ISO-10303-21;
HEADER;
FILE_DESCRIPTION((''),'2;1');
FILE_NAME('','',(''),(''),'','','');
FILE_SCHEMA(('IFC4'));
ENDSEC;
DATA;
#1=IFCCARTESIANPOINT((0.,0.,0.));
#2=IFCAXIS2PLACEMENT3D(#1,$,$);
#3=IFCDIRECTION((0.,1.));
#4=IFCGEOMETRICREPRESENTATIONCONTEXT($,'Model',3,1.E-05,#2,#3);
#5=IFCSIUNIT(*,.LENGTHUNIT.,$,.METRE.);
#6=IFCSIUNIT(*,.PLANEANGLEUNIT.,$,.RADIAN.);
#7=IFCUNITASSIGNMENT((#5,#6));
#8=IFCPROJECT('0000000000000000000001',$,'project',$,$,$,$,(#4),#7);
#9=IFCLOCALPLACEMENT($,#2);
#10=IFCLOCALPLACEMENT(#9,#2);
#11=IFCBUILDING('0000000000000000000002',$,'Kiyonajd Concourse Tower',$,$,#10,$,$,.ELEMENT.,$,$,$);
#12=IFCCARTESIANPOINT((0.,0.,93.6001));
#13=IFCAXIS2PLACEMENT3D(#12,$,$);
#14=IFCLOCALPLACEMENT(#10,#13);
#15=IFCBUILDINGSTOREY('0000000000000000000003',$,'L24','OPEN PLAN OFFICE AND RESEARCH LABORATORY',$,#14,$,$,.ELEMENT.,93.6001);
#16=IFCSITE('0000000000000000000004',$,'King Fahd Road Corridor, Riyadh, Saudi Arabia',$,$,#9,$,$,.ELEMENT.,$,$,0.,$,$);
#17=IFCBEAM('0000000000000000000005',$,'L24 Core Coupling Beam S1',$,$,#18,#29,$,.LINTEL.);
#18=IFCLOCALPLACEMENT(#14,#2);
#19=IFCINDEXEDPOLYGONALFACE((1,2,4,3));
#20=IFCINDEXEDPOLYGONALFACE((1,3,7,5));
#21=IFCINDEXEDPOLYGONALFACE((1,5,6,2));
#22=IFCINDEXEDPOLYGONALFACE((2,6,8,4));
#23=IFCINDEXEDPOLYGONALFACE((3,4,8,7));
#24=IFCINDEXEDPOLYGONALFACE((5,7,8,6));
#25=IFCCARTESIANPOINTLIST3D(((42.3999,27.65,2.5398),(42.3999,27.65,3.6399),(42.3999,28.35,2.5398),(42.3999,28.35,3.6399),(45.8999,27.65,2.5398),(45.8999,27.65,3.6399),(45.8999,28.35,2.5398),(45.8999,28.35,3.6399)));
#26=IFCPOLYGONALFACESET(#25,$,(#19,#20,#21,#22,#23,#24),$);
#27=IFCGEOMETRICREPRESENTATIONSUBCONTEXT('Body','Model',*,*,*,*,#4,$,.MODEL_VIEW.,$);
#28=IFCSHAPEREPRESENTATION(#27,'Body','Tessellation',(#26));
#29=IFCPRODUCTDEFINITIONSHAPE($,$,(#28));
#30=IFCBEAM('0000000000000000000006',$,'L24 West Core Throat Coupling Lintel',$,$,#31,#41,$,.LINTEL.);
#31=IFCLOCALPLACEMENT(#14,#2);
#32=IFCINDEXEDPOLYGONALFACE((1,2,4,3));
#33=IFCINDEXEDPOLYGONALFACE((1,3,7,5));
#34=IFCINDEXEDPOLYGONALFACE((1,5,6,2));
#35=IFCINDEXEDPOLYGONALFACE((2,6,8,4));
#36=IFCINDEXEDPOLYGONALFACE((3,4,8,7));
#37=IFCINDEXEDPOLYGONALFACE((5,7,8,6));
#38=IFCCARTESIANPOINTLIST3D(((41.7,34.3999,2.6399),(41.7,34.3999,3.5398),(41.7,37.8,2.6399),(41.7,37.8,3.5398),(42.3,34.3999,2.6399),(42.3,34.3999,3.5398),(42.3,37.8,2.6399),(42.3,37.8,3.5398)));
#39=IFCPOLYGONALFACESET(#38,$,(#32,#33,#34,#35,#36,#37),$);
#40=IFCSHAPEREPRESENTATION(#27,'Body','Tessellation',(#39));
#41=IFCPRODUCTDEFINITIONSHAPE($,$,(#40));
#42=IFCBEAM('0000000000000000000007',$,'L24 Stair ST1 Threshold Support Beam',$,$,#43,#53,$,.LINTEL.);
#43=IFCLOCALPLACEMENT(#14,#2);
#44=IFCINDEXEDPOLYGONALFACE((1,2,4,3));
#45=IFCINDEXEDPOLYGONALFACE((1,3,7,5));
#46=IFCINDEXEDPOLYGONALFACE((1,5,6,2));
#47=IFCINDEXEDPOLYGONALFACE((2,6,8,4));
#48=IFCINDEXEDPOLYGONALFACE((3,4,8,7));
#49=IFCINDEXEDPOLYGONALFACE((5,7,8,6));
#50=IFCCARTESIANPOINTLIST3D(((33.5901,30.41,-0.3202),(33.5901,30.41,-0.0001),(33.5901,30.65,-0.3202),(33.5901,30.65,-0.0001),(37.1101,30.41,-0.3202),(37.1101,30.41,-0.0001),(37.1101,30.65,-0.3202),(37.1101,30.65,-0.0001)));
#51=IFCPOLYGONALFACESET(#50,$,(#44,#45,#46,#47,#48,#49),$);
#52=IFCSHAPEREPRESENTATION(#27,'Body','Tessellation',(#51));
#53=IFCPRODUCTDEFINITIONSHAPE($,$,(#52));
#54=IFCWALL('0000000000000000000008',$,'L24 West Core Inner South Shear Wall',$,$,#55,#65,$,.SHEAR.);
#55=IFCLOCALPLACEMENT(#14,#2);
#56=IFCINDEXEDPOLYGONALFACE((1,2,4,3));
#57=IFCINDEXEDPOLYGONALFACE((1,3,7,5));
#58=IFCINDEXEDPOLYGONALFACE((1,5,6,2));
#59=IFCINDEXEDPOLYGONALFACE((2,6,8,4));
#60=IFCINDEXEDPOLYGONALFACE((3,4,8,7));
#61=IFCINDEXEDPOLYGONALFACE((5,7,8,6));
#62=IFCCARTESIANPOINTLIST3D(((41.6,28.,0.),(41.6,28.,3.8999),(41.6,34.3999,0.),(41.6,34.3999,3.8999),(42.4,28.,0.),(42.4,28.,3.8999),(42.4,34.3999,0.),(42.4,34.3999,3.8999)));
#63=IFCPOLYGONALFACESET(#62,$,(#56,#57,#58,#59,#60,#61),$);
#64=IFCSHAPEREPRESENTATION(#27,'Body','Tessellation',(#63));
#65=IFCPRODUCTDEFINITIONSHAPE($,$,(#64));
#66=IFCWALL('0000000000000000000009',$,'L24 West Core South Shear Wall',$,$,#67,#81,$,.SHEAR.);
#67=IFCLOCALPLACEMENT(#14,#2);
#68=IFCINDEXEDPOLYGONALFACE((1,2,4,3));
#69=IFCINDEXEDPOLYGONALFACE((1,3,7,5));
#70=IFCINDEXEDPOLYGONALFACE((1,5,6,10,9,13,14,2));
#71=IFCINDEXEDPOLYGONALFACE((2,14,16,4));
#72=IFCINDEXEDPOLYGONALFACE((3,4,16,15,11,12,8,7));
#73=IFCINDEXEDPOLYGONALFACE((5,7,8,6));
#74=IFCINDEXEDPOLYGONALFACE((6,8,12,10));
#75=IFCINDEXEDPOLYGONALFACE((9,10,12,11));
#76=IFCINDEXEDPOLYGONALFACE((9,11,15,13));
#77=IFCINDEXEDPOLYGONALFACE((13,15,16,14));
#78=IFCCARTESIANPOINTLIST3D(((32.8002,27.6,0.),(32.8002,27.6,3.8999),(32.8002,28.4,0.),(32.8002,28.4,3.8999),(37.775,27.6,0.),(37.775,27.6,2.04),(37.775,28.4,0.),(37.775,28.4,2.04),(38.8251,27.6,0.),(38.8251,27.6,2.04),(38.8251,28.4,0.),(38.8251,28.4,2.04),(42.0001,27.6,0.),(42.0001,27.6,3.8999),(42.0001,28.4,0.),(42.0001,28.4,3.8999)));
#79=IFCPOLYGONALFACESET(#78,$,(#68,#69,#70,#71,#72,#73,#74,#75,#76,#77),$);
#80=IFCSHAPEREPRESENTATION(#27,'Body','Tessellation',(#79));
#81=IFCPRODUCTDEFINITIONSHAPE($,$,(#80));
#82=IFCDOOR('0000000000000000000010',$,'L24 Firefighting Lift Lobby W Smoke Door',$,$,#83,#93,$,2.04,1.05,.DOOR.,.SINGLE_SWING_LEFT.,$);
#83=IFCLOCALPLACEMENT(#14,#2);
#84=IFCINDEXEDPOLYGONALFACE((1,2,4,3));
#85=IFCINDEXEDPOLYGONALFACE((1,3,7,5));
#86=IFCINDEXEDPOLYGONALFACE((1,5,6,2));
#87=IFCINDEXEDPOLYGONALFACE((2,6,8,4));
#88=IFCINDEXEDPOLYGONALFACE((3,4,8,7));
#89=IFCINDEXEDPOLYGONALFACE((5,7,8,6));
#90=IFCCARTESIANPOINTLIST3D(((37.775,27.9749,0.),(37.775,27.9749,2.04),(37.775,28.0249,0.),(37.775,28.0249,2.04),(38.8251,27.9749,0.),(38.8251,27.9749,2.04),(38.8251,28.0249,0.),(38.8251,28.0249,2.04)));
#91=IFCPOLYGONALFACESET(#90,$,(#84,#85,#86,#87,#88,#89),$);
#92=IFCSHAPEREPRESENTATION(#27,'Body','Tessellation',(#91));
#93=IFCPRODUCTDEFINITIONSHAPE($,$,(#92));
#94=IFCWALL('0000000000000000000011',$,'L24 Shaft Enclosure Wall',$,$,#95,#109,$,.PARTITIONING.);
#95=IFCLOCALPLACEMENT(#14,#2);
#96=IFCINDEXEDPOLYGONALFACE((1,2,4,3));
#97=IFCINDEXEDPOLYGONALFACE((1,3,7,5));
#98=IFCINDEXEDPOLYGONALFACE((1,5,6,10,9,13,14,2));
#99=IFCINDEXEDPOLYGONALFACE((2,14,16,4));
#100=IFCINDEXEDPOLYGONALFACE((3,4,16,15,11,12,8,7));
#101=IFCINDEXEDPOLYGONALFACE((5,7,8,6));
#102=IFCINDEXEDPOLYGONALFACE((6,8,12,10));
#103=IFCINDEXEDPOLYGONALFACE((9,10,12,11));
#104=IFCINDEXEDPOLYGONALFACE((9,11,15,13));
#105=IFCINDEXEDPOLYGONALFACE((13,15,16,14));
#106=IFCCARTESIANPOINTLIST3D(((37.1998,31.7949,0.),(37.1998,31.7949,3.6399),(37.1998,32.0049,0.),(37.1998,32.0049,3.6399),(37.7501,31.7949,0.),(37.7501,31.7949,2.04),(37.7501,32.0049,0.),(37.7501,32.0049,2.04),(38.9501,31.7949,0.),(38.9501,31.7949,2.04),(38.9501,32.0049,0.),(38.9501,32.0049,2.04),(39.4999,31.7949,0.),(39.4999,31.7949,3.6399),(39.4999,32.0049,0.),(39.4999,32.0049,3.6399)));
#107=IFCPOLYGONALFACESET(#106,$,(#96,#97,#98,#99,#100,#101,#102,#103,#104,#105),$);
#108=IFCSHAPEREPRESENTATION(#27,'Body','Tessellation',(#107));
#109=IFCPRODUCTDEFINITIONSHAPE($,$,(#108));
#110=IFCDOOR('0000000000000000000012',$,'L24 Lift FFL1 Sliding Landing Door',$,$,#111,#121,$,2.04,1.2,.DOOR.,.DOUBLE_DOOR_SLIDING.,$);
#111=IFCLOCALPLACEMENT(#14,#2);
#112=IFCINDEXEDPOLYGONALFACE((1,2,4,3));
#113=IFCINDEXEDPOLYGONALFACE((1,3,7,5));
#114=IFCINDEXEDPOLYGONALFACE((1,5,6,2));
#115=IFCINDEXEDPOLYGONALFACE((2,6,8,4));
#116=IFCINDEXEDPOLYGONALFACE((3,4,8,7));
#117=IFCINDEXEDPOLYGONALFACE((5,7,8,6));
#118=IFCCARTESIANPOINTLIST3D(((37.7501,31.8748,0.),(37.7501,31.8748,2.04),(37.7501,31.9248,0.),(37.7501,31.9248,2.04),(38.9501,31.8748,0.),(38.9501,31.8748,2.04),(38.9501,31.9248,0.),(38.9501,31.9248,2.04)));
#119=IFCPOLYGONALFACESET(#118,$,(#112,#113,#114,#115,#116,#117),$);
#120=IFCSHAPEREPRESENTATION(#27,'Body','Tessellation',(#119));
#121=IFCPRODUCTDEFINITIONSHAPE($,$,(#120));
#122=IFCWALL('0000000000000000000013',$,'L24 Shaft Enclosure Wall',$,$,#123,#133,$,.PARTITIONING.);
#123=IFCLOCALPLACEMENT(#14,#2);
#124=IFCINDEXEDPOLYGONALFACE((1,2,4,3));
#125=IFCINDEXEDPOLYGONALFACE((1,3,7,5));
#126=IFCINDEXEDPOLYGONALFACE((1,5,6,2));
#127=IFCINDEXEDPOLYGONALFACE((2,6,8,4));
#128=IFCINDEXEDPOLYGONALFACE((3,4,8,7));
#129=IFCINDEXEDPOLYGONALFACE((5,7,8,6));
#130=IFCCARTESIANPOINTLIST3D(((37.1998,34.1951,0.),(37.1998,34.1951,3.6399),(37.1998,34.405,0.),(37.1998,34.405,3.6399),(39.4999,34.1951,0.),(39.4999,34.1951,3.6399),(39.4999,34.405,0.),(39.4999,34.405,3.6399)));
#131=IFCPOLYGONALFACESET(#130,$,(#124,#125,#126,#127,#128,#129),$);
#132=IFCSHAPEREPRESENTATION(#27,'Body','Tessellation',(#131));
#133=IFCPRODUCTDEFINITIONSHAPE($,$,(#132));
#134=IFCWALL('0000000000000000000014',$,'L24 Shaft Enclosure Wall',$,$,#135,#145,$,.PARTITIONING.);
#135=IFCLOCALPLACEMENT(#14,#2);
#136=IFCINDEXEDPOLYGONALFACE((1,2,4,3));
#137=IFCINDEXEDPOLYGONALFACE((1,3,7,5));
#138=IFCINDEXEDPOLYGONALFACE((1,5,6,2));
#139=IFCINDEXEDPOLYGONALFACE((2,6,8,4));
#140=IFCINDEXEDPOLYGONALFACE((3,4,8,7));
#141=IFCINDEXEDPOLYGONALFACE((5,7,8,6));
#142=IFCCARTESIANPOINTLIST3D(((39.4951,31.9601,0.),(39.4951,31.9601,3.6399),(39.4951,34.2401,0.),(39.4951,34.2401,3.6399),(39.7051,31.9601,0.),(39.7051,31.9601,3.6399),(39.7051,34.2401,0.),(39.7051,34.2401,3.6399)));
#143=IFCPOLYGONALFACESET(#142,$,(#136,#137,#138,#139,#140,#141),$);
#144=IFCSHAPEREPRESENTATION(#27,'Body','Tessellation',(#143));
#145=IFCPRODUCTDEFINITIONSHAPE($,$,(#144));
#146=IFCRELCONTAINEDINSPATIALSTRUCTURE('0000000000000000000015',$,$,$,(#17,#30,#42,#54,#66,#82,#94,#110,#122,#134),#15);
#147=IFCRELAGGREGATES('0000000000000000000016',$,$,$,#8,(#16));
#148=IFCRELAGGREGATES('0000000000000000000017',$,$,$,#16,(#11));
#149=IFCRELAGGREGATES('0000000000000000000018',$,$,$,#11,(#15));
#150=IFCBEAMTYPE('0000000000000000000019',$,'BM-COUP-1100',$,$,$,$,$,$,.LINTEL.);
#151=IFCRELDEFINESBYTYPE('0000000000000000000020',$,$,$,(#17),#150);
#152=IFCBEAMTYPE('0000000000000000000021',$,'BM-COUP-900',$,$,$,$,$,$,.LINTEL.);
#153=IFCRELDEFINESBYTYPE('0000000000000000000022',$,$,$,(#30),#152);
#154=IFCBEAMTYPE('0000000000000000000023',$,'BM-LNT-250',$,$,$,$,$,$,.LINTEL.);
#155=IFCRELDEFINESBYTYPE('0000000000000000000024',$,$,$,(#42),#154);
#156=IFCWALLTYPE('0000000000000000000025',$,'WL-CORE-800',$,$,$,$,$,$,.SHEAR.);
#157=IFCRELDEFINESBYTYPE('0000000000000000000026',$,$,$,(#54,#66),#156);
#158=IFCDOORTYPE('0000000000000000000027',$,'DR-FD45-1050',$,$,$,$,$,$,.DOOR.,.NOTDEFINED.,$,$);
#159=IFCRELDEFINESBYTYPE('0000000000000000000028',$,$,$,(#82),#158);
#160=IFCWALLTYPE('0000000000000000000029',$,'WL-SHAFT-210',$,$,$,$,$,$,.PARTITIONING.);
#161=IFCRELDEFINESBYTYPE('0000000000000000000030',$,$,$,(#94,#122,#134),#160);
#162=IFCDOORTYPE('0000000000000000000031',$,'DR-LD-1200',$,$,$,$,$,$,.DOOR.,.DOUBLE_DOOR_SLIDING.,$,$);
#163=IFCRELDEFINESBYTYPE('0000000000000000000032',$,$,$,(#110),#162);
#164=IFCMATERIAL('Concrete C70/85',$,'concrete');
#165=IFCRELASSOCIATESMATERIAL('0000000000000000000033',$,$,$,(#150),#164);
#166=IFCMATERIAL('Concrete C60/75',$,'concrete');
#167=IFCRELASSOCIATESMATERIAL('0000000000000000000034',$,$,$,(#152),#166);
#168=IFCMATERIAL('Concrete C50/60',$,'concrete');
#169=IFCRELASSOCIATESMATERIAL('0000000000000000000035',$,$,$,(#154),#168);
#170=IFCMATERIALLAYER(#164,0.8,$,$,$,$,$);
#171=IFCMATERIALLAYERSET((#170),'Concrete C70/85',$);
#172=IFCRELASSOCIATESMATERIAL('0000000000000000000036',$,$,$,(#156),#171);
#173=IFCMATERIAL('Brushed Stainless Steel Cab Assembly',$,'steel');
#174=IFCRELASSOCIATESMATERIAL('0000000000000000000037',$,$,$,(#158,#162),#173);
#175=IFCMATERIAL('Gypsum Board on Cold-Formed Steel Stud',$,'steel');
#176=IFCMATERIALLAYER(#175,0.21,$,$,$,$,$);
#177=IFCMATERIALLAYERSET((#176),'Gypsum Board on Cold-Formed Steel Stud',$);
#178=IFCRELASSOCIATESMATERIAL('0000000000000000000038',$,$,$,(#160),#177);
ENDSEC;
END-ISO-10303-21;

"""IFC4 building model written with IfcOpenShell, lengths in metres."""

from ifc_helpers import new_model, si_unit, direction, frame, frame_2d, origin, origin_2d, place, context, subcontext, project, spatial, rectangle, extrude, material, layer, layer_set, material_profile, profile_set, type_object, element, fill, save


model = new_model("IFC4")

# Units and contexts
model_context = context("Model", 3, precision=1e-05, world=origin(), true_north=direction((0.0, 1.0)))
body_context = subcontext(model_context, "Body", "Model", "MODEL_VIEW")
ifc_project = project(units=[si_unit("LENGTHUNIT", "METRE"), si_unit("PLANEANGLEUNIT", "RADIAN")], contexts=[model_context])

# Site, building, storey
site_placement = place(None, origin())
site = spatial("IfcSite", under=ifc_project, at=site_placement, Name="King Fahd Road Corridor, Riyadh, Saudi Arabia", CompositionType="ELEMENT", RefElevation=0.0)
building_placement = place(site_placement, origin())
building = spatial("IfcBuilding", under=site, at=building_placement, Name="Kiyonajd Concourse Tower", CompositionType="ELEMENT")
storey_placement = place(building_placement, frame((0.0, 0.0, 93.6001)))
storey = spatial("IfcBuildingStorey", under=building, at=storey_placement, Name="L24", Description="OPEN PLAN OFFICE AND RESEARCH LABORATORY", CompositionType="ELEMENT", Elevation=93.6001)

# Beams
ifc_material_1 = material(Name="Concrete C70/85", Category="concrete")
ifc_material_profile_1 = material_profile(ifc_material_1, rectangle(XDim=0.7, YDim=1.1001, at=origin_2d()), Name="RCBM-700x1100")
ifc_profile_set_1 = profile_set([ifc_material_profile_1], Name="Concrete C70/85")
beam_type_1 = type_object("IfcBeamType", Name="BM-COUP-1100", PredefinedType="LINTEL", material=ifc_profile_set_1)
beam_1_placement = place(storey_placement, frame((42.3999, 28.0, 3.0898), z_axis=(1.0, 0.0, 0.0), x_axis=(0.0, 1.0, 0.0)))
element("IfcBeam", 1, at=beam_1_placement, inside=storey, type_object=beam_type_1, Name="L24 Core Coupling Beam S1", PredefinedType="LINTEL", context=body_context, shape_type="SweptSolid", body=[
    extrude(rectangle(XDim=0.7, YDim=1.1001, at=origin_2d()), origin(), (0.0, 0.0, 1.0), 3.5),
])
ifc_material_2 = material(Name="Concrete C60/75", Category="concrete")
ifc_material_profile_2 = material_profile(ifc_material_2, rectangle(XDim=0.6001, YDim=0.8999, at=origin_2d()), Name="RCBM-600x900")
ifc_profile_set_2 = profile_set([ifc_material_profile_2], Name="Concrete C60/75")
beam_type_2 = type_object("IfcBeamType", Name="BM-COUP-900", PredefinedType="LINTEL", material=ifc_profile_set_2)
beam_2_placement = place(storey_placement, frame((42.0, 34.3999, 3.0898), z_axis=(0.0, 1.0, 0.0), x_axis=(-1.0, 0.0, 0.0)))
element("IfcBeam", 2, at=beam_2_placement, inside=storey, type_object=beam_type_2, Name="L24 West Core Throat Coupling Lintel", PredefinedType="LINTEL", context=body_context, shape_type="SweptSolid", body=[
    extrude(rectangle(XDim=0.6001, YDim=0.8999, at=origin_2d()), origin(), (0.0, 0.0, 1.0), 3.4001),
])
ifc_material_3 = material(Name="Concrete C50/60", Category="concrete")
ifc_material_profile_3 = material_profile(ifc_material_3, rectangle(XDim=0.24, YDim=0.3201, at=origin_2d()), Name="RCBM-240x320")
ifc_profile_set_3 = profile_set([ifc_material_profile_3], Name="Concrete C50/60")
beam_type_3 = type_object("IfcBeamType", Name="BM-LNT-250", PredefinedType="LINTEL", material=ifc_profile_set_3)
beam_3_placement = place(storey_placement, frame((33.5901, 30.53, -0.1602), z_axis=(1.0, 0.0, 0.0), x_axis=(0.0, 1.0, 0.0)))
element("IfcBeam", 3, at=beam_3_placement, inside=storey, type_object=beam_type_3, Name="L24 Stair ST1 Threshold Support Beam", PredefinedType="LINTEL", context=body_context, shape_type="SweptSolid", body=[
    extrude(rectangle(XDim=0.24, YDim=0.3201, at=origin_2d()), origin(), (0.0, 0.0, 1.0), 3.52),
])

# Wall
ifc_layer_1 = layer(ifc_material_1, 0.8)
ifc_layer_set_1 = layer_set([ifc_layer_1], Name="Concrete C70/85")
wall_type_1 = type_object("IfcWallType", Name="WL-CORE-800", PredefinedType="SHEAR", material=ifc_layer_set_1)
wall_1_placement = place(storey_placement, frame((42.0, 28.0, 0.0), z_axis=(0.0, 0.0, 1.0), x_axis=(0.0, 1.0, 0.0)))
element("IfcWall", 4, at=wall_1_placement, inside=storey, type_object=wall_type_1, Name="L24 West Core Inner South Shear Wall", PredefinedType="SHEAR", context=body_context, shape_type="SweptSolid", body=[
    extrude(rectangle(XDim=6.3999, YDim=0.8, at=frame_2d((3.2, 0.0))), origin(), (0.0, 0.0, 1.0), 3.8999),
])

# Walls, openings, doors
wall_2_placement = place(storey_placement, frame((32.8, 28.0, 0.0), z_axis=(0.0, 0.0, 1.0), x_axis=(1.0, 0.0, 0.0)))
wall_2 = element("IfcWall", 5, at=wall_2_placement, inside=storey, type_object=wall_type_1, Name="L24 West Core South Shear Wall", PredefinedType="SHEAR", context=body_context, shape_type="SweptSolid", body=[
    extrude(rectangle(XDim=9.2, YDim=0.8, at=frame_2d((4.6001, 0.0))), origin(), (0.0, 0.0, 1.0), 3.8999),
])
opening_1_placement = place(wall_2_placement, frame((4.9751, 0.0, 0.0)))
opening_1 = element("IfcOpeningElement", 6, at=opening_1_placement, cuts=wall_2, PredefinedType="OPENING", context=body_context, shape_type="SweptSolid", body=[
    extrude(rectangle(XDim=1.05, YDim=2.04, at=frame_2d((0.5249, 1.02))), frame((0.0, 0.4099, 0.0), z_axis=(0.0, -1.0, 0.0), x_axis=(1.0, 0.0, 0.0)), (0.0, 0.0, 1.0), 0.8201),
])
ifc_material_4 = material(Name="Brushed Stainless Steel Cab Assembly", Category="steel")
door_type_1 = type_object("IfcDoorType", Name="DR-FD45-1050", OperationType="NOTDEFINED", PredefinedType="DOOR", material=ifc_material_4)
door_1_placement = place(opening_1_placement, origin())
door_1 = element("IfcDoor", 7, at=door_1_placement, inside=storey, type_object=door_type_1, Name="L24 Firefighting Lift Lobby W Smoke Door", OperationType="SINGLE_SWING_LEFT", OverallHeight=2.04, OverallWidth=1.05, PredefinedType="DOOR", context=body_context, shape_type="SweptSolid", body=[
    extrude(rectangle(XDim=1.05, YDim=2.04, at=frame_2d((0.5249, 1.02))), frame((0.0, 0.0249, 0.0), z_axis=(0.0, -1.0, 0.0), x_axis=(1.0, 0.0, 0.0)), (0.0, 0.0, 1.0), 0.05),
])
fill(opening_1, door_1)
ifc_material_5 = material(Name="Gypsum Board on Cold-Formed Steel Stud", Category="steel")
ifc_layer_2 = layer(ifc_material_5, 0.21)
ifc_layer_set_2 = layer_set([ifc_layer_2], Name="Gypsum Board on Cold-Formed Steel Stud")
wall_type_2 = type_object("IfcWallType", Name="WL-SHAFT-210", PredefinedType="PARTITIONING", material=ifc_layer_set_2)
wall_3_placement = place(storey_placement, frame((37.2, 31.8999, 0.0), z_axis=(0.0, 0.0, 1.0), x_axis=(1.0, 0.0, 0.0)))
wall_3 = element("IfcWall", 8, at=wall_3_placement, inside=storey, type_object=wall_type_2, Name="L24 Shaft Enclosure Wall", PredefinedType="PARTITIONING", context=body_context, shape_type="SweptSolid", body=[
    extrude(rectangle(XDim=2.3, YDim=0.21, at=frame_2d((1.1499, 0.0))), origin(), (0.0, 0.0, 1.0), 3.6399),
])
opening_2_placement = place(wall_3_placement, frame((0.55, 0.0, 0.0)))
opening_2 = element("IfcOpeningElement", 9, at=opening_2_placement, cuts=wall_3, PredefinedType="OPENING", context=body_context, shape_type="SweptSolid", body=[
    extrude(rectangle(XDim=1.2, YDim=2.04, at=frame_2d((0.6001, 1.02))), frame((0.0, 0.115, 0.0), z_axis=(0.0, -1.0, 0.0), x_axis=(1.0, 0.0, 0.0)), (0.0, 0.0, 1.0), 0.23),
])
door_type_2 = type_object("IfcDoorType", Name="DR-LD-1200", OperationType="DOUBLE_DOOR_SLIDING", PredefinedType="DOOR", material=ifc_material_4)
door_2_placement = place(opening_2_placement, origin())
door_2 = element("IfcDoor", 10, at=door_2_placement, inside=storey, type_object=door_type_2, Name="L24 Lift FFL1 Sliding Landing Door", OperationType="DOUBLE_DOOR_SLIDING", OverallHeight=2.04, OverallWidth=1.2, PredefinedType="DOOR", context=body_context, shape_type="SweptSolid", body=[
    extrude(rectangle(XDim=1.2, YDim=2.04, at=frame_2d((0.6001, 1.02))), frame((0.0, 0.0249, 0.0), z_axis=(0.0, -1.0, 0.0), x_axis=(1.0, 0.0, 0.0)), (0.0, 0.0, 1.0), 0.05),
])
fill(opening_2, door_2)

# Walls
wall_4_placement = place(storey_placement, frame((37.2, 34.3, 0.0), z_axis=(0.0, 0.0, 1.0), x_axis=(1.0, 0.0, 0.0)))
element("IfcWall", 11, at=wall_4_placement, inside=storey, type_object=wall_type_2, Name="L24 Shaft Enclosure Wall", PredefinedType="PARTITIONING", context=body_context, shape_type="SweptSolid", body=[
    extrude(rectangle(XDim=2.3, YDim=0.21, at=frame_2d((1.1499, 0.0))), origin(), (0.0, 0.0, 1.0), 3.6399),
])
wall_5_placement = place(storey_placement, frame((39.6001, 31.96, 0.0), z_axis=(0.0, 0.0, 1.0), x_axis=(0.0, 1.0, 0.0)))
element("IfcWall", 12, at=wall_5_placement, inside=storey, type_object=wall_type_2, Name="L24 Shaft Enclosure Wall", PredefinedType="PARTITIONING", context=body_context, shape_type="SweptSolid", body=[
    extrude(rectangle(XDim=2.28, YDim=0.21, at=frame_2d((1.1401, 0.0))), origin(), (0.0, 0.0, 1.0), 3.6399),
])

save(model, "model.ifc")
